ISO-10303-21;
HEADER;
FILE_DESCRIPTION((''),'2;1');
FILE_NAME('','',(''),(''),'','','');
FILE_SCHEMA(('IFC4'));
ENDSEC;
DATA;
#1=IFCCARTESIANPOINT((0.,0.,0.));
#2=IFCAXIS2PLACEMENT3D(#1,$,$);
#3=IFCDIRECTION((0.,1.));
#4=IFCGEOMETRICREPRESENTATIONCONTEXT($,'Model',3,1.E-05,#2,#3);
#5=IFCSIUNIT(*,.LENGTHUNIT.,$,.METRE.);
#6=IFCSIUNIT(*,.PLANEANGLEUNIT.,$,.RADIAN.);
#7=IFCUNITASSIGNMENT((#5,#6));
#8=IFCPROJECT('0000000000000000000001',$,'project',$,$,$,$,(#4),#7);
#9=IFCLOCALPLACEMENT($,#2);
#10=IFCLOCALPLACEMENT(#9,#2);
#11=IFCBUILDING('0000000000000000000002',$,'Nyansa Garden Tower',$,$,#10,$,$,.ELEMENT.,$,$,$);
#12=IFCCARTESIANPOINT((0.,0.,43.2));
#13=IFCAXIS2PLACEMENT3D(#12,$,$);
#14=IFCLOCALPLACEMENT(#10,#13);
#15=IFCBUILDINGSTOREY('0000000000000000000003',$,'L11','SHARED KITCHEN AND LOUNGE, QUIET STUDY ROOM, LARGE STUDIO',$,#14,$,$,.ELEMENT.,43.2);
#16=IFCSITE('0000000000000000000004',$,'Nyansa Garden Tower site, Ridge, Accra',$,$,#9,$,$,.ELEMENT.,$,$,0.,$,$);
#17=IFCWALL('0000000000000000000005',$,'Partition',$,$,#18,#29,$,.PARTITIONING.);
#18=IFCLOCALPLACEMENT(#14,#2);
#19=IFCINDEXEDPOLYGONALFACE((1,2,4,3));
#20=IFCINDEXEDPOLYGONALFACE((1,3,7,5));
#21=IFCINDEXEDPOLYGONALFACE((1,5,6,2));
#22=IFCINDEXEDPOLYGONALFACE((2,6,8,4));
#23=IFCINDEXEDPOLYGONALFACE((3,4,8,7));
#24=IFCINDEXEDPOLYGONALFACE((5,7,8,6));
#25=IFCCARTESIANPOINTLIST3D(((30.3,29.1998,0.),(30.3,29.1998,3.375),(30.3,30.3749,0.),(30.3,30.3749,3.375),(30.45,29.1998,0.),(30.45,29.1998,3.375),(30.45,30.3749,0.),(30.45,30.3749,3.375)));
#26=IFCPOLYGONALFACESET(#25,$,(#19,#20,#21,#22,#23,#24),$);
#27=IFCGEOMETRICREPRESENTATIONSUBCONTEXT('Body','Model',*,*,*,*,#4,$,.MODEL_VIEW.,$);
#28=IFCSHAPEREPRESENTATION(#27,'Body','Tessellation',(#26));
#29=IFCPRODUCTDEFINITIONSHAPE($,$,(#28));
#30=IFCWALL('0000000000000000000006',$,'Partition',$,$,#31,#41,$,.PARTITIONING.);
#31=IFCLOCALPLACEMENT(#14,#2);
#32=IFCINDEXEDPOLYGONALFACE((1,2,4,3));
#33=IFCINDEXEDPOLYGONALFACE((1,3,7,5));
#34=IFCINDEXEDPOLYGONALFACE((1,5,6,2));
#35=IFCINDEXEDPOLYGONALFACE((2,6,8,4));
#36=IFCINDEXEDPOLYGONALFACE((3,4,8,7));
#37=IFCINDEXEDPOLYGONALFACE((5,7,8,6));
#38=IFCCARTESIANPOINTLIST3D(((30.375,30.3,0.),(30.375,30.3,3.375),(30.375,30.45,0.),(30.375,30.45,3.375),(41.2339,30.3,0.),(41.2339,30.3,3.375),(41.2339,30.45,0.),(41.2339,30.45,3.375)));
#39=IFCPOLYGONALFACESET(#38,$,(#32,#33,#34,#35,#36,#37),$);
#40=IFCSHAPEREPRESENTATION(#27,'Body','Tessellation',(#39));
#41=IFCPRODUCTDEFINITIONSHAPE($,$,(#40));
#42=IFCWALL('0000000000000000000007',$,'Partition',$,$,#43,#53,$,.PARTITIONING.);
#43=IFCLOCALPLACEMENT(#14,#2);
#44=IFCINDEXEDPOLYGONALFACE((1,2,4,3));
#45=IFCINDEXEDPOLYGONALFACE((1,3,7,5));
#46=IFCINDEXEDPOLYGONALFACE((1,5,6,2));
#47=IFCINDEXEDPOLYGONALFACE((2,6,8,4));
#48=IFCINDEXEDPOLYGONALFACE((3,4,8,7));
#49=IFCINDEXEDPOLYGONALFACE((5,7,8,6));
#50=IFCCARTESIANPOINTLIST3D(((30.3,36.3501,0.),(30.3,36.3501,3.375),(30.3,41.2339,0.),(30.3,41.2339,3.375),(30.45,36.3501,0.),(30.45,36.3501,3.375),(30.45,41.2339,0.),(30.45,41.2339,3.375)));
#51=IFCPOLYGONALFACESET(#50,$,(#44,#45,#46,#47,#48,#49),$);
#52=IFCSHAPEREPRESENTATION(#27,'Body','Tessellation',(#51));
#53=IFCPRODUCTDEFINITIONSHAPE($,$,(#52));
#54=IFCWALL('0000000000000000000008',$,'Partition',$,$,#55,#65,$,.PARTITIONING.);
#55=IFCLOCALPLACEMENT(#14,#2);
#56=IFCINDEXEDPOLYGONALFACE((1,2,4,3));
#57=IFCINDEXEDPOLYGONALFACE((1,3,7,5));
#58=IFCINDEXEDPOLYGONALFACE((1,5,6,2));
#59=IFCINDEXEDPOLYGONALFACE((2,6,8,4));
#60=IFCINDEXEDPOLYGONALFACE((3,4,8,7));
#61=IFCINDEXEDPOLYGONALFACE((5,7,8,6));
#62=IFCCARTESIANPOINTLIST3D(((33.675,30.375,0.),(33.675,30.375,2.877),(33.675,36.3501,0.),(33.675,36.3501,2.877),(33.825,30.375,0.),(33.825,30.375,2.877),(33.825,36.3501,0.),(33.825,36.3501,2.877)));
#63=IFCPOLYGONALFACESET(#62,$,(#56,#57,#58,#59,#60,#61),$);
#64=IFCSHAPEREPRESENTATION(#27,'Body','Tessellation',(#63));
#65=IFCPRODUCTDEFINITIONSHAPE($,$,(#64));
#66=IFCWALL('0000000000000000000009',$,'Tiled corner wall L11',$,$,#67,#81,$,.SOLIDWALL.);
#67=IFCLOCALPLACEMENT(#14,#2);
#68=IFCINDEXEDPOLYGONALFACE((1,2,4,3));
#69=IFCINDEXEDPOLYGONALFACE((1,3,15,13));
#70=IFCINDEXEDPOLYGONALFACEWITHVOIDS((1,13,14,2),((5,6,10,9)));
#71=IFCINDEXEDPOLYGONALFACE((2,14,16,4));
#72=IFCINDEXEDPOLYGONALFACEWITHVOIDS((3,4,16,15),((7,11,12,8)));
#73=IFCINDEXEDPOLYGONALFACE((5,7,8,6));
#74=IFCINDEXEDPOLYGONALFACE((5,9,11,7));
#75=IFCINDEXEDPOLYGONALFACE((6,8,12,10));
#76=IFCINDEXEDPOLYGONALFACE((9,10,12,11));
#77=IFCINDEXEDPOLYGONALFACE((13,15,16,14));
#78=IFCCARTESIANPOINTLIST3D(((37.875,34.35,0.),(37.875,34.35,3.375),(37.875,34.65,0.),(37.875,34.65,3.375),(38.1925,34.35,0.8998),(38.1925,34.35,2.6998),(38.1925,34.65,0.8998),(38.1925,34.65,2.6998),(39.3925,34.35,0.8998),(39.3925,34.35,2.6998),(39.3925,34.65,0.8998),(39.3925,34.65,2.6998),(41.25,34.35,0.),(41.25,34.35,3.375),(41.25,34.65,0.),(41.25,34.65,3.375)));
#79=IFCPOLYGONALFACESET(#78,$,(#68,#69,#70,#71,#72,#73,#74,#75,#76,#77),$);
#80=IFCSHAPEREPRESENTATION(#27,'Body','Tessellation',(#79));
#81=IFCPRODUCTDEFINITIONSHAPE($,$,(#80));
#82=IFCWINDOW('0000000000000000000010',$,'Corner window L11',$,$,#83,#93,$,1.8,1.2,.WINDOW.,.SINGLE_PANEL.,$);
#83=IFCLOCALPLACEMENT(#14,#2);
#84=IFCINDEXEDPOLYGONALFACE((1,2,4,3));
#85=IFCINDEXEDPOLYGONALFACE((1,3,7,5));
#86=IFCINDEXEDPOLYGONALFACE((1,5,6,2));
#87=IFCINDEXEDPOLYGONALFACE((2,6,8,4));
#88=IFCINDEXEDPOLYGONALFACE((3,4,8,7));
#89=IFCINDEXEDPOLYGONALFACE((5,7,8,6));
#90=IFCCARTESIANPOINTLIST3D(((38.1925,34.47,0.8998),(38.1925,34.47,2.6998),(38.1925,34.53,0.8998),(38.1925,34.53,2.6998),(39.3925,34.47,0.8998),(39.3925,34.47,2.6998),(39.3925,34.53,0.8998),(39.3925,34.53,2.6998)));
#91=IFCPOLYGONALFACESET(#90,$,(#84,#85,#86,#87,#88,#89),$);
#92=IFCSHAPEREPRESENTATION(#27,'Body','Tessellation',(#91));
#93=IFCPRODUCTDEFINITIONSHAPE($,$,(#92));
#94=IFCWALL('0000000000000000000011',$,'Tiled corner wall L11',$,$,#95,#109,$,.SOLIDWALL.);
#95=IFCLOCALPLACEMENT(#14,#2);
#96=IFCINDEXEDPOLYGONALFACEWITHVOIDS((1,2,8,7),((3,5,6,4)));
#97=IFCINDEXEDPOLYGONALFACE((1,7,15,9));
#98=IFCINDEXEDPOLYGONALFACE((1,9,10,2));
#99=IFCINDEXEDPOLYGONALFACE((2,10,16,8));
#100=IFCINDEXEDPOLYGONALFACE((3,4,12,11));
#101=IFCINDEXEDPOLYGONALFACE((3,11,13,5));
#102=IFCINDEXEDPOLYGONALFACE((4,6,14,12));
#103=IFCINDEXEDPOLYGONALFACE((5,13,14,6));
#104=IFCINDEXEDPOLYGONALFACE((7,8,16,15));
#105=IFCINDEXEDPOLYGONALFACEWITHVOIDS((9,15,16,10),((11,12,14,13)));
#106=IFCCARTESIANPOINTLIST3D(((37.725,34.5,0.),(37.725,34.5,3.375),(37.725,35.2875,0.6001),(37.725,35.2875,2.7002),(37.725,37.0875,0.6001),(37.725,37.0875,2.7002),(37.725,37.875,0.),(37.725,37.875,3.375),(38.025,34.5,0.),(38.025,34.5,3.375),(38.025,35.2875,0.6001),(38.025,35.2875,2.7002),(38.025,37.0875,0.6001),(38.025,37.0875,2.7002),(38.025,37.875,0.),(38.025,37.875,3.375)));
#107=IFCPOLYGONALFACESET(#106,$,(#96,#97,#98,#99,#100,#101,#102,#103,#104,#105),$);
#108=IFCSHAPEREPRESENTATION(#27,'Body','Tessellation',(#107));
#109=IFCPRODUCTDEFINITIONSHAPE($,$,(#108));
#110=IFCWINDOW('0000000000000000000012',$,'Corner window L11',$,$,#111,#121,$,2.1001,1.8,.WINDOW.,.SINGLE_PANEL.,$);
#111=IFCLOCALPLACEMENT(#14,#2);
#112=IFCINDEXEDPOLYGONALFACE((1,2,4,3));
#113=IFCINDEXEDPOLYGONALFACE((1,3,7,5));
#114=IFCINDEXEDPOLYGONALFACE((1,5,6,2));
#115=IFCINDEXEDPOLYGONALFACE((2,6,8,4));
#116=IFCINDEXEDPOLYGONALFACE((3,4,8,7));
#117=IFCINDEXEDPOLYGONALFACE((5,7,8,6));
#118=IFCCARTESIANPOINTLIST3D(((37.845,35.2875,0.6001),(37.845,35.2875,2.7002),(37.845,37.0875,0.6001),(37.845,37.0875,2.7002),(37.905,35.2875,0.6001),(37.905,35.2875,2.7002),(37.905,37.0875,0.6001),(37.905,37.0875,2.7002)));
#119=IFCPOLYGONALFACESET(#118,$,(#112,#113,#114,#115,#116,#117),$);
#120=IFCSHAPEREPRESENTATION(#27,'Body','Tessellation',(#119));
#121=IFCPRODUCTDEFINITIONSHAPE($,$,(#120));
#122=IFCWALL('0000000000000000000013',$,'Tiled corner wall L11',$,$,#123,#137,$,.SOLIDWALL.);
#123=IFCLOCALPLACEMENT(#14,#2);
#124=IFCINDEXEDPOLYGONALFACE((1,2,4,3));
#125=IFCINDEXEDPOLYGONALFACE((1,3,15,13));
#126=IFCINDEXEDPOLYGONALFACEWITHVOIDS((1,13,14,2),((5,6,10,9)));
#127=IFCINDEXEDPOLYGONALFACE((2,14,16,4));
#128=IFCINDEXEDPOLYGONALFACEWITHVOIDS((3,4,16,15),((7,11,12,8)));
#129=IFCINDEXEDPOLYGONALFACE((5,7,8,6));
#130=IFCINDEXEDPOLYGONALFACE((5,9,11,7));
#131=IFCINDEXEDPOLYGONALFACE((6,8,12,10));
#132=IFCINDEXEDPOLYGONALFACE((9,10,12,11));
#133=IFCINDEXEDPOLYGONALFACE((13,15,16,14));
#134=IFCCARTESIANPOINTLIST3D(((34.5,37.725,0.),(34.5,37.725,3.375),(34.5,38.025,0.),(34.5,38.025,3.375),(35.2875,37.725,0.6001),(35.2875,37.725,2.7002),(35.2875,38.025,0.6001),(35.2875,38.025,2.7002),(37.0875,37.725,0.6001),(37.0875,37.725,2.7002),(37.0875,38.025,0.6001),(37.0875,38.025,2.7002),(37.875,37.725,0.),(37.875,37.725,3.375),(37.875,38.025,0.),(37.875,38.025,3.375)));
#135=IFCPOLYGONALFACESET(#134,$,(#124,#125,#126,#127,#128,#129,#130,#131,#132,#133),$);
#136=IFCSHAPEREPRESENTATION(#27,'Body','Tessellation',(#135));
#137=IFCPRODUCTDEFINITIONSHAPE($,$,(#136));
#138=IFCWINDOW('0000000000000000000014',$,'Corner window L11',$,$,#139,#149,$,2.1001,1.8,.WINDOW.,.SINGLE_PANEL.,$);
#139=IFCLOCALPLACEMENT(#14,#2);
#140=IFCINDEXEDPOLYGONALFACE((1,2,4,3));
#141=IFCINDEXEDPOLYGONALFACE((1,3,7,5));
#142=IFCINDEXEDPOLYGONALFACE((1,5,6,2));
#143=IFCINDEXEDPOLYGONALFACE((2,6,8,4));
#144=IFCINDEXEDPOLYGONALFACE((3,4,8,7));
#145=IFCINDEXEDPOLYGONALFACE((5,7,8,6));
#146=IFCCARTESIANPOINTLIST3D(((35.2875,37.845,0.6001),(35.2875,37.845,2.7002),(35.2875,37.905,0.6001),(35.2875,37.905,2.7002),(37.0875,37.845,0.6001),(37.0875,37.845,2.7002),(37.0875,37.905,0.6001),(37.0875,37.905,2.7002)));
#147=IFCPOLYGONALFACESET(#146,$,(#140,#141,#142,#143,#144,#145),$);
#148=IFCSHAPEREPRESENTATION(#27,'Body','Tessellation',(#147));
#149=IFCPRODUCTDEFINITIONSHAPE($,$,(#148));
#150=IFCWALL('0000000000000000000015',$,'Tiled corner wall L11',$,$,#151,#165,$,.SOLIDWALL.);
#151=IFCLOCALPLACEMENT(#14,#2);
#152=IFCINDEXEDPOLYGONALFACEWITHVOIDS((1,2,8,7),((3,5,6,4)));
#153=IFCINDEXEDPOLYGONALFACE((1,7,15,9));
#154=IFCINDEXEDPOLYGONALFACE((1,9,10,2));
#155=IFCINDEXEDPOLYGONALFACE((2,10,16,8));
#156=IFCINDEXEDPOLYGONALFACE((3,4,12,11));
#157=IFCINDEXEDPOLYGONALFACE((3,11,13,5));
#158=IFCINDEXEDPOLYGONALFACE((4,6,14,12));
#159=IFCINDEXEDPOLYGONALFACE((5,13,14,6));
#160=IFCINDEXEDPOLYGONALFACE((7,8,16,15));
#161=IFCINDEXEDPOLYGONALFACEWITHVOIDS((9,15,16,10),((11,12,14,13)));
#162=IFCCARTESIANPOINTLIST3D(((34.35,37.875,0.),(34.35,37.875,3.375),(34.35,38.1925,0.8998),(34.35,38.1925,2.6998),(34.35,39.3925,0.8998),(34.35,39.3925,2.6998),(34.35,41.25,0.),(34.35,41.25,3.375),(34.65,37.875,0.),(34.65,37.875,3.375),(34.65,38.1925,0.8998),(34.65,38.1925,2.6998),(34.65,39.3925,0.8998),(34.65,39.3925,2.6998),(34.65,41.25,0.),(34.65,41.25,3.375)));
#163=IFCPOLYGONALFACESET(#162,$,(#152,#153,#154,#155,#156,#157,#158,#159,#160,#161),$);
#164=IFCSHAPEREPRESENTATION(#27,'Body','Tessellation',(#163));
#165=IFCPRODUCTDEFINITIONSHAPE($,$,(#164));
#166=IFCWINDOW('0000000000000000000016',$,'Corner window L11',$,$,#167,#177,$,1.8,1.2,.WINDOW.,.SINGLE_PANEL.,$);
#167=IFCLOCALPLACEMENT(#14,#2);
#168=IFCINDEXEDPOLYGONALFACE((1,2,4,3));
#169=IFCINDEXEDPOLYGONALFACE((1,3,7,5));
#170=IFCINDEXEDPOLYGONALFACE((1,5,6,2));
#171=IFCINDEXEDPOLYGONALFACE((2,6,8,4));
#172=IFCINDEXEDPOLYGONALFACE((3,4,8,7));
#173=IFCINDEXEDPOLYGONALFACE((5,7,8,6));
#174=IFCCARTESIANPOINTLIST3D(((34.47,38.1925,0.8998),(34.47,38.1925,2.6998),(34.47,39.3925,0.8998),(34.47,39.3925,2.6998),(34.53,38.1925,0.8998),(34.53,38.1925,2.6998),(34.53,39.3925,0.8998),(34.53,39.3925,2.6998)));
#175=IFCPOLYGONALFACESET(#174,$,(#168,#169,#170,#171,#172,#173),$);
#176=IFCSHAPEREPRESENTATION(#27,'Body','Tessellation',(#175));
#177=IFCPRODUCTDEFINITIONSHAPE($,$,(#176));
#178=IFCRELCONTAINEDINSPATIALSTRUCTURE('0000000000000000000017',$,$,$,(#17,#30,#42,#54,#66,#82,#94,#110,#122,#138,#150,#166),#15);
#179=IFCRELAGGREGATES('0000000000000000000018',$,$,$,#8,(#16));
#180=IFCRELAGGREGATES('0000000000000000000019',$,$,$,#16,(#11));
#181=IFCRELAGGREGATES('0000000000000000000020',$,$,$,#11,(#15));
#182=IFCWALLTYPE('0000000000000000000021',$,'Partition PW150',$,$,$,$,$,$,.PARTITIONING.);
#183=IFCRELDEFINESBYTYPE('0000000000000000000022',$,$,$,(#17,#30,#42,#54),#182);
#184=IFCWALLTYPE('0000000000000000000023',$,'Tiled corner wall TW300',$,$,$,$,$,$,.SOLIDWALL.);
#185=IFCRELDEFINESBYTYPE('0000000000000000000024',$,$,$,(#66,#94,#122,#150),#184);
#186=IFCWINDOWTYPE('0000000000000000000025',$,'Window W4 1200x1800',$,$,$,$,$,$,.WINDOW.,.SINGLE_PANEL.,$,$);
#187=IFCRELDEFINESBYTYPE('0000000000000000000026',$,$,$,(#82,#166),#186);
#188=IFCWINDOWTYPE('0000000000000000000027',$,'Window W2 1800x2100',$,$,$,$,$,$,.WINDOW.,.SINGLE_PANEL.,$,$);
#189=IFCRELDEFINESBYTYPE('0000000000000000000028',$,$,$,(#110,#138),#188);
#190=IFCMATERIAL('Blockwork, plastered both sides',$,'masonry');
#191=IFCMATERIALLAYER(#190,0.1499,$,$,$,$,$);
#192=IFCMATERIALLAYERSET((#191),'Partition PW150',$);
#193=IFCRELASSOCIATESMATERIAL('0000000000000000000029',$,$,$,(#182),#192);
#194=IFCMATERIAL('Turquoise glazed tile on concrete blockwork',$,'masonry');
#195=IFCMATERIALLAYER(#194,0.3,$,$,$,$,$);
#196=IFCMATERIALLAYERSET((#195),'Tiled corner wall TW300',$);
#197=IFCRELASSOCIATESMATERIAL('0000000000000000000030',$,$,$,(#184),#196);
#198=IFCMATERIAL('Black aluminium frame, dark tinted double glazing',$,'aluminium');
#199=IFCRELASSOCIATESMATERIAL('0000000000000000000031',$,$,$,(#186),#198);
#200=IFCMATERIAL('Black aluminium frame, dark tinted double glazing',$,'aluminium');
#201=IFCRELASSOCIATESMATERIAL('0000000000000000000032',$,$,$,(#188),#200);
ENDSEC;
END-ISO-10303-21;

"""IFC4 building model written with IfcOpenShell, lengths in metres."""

from ifc_helpers import new_model, si_unit, direction, frame, frame_2d, origin, place, context, subcontext, project, spatial, rectangle, extrude, material, layer, layer_set, type_object, element, fill, save


model = new_model("IFC4")

# Units and contexts
model_context = context("Model", 3, precision=1e-05, world=origin(), true_north=direction((0.0, 1.0)))
body_context = subcontext(model_context, "Body", "Model", "MODEL_VIEW")
ifc_project = project(units=[si_unit("LENGTHUNIT", "METRE"), si_unit("PLANEANGLEUNIT", "RADIAN")], contexts=[model_context])

# Site, building, storey
site_placement = place(None, origin())
site = spatial("IfcSite", under=ifc_project, at=site_placement, Name="Nyansa Garden Tower site, Ridge, Accra", CompositionType="ELEMENT", RefElevation=0.0)
building_placement = place(site_placement, origin())
building = spatial("IfcBuilding", under=site, at=building_placement, Name="Nyansa Garden Tower", CompositionType="ELEMENT")
storey_placement = place(building_placement, frame((0.0, 0.0, 43.2)))
storey = spatial("IfcBuildingStorey", under=building, at=storey_placement, Name="L11", Description="SHARED KITCHEN AND LOUNGE, QUIET STUDY ROOM, LARGE STUDIO", CompositionType="ELEMENT", Elevation=43.2)

# Walls
ifc_material_1 = material(Name="Blockwork, plastered both sides", Category="masonry")
ifc_layer_1 = layer(ifc_material_1, 0.1499)
ifc_layer_set_1 = layer_set([ifc_layer_1], Name="Partition PW150")
wall_type_1 = type_object("IfcWallType", Name="Partition PW150", PredefinedType="PARTITIONING", material=ifc_layer_set_1)
wall_1_placement = place(storey_placement, frame((30.375, 29.2, 0.0), z_axis=(0.0, 0.0, 1.0), x_axis=(0.0, 1.0, 0.0)))
element("IfcWall", 1, at=wall_1_placement, inside=storey, type_object=wall_type_1, Name="Partition", PredefinedType="PARTITIONING", context=body_context, shape_type="SweptSolid", body=[
    extrude(rectangle(XDim=1.175, YDim=0.1499, at=frame_2d((0.5874, 0.0))), origin(), (0.0, 0.0, 1.0), 3.375),
])
wall_2_placement = place(storey_placement, frame((30.375, 30.375, 0.0), z_axis=(0.0, 0.0, 1.0), x_axis=(1.0, 0.0, 0.0)))
element("IfcWall", 2, at=wall_2_placement, inside=storey, type_object=wall_type_1, Name="Partition", PredefinedType="PARTITIONING", context=body_context, shape_type="SweptSolid", body=[
    extrude(rectangle(XDim=10.8589, YDim=0.1499, at=frame_2d((5.4294, 0.0))), origin(), (0.0, 0.0, 1.0), 3.375),
])
wall_3_placement = place(storey_placement, frame((30.375, 36.3501, 0.0), z_axis=(0.0, 0.0, 1.0), x_axis=(0.0, 1.0, 0.0)))
element("IfcWall", 3, at=wall_3_placement, inside=storey, type_object=wall_type_1, Name="Partition", PredefinedType="PARTITIONING", context=body_context, shape_type="SweptSolid", body=[
    extrude(rectangle(XDim=4.8838, YDim=0.1499, at=frame_2d((2.4419, 0.0))), origin(), (0.0, 0.0, 1.0), 3.375),
])
wall_4_placement = place(storey_placement, frame((33.75, 30.375, 0.0), z_axis=(0.0, 0.0, 1.0), x_axis=(0.0, 1.0, 0.0)))
element("IfcWall", 4, at=wall_4_placement, inside=storey, type_object=wall_type_1, Name="Partition", PredefinedType="PARTITIONING", context=body_context, shape_type="SweptSolid", body=[
    extrude(rectangle(XDim=5.9751, YDim=0.1499, at=frame_2d((2.9875, 0.0))), origin(), (0.0, 0.0, 1.0), 2.877),
])

# Walls, openings, windows
ifc_material_2 = material(Name="Turquoise glazed tile on concrete blockwork", Category="masonry")
ifc_layer_2 = layer(ifc_material_2, 0.3)
ifc_layer_set_2 = layer_set([ifc_layer_2], Name="Tiled corner wall TW300")
wall_type_2 = type_object("IfcWallType", Name="Tiled corner wall TW300", PredefinedType="SOLIDWALL", material=ifc_layer_set_2)
wall_5_placement = place(storey_placement, frame((41.25, 34.5, 0.0), z_axis=(0.0, 0.0, 1.0), x_axis=(-1.0, 0.0, 0.0)))
wall_5 = element("IfcWall", 5, at=wall_5_placement, inside=storey, type_object=wall_type_2, Name="Tiled corner wall L11", PredefinedType="SOLIDWALL", context=body_context, shape_type="SweptSolid", body=[
    extrude(rectangle(XDim=3.375, YDim=0.3, at=frame_2d((1.6875, 0.0))), origin(), (0.0, 0.0, 1.0), 3.375),
])
opening_1_placement = place(wall_5_placement, frame((1.8574, 0.0, 0.8999)))
opening_1 = element("IfcOpeningElement", 6, at=opening_1_placement, cuts=wall_5, PredefinedType="OPENING", context=body_context, shape_type="SweptSolid", body=[
    extrude(rectangle(XDim=1.2, YDim=1.8, at=frame_2d((0.6001, 0.8999))), frame((0.0, 0.1599, 0.0), z_axis=(0.0, -1.0, 0.0), x_axis=(1.0, 0.0, 0.0)), (0.0, 0.0, 1.0), 0.3201),
])
ifc_material_3 = material(Name="Black aluminium frame, dark tinted double glazing", Category="aluminium")
window_type_1 = type_object("IfcWindowType", Name="Window W4 1200x1800", PartitioningType="SINGLE_PANEL", PredefinedType="WINDOW", material=ifc_material_3)
window_1_placement = place(opening_1_placement, origin())
window_1 = element("IfcWindow", 7, at=window_1_placement, inside=storey, type_object=window_type_1, Name="Corner window L11", OverallHeight=1.8, OverallWidth=1.2, PartitioningType="SINGLE_PANEL", PredefinedType="WINDOW", context=body_context, shape_type="SweptSolid", body=[
    extrude(rectangle(XDim=1.2, YDim=1.8, at=frame_2d((0.6001, 0.8999))), frame((0.0, 0.03, 0.0), z_axis=(0.0, -1.0, 0.0), x_axis=(1.0, 0.0, 0.0)), (0.0, 0.0, 1.0), 0.0601),
])
fill(opening_1, window_1)
wall_6_placement = place(storey_placement, frame((37.875, 34.5, 0.0), z_axis=(0.0, 0.0, 1.0), x_axis=(0.0, 1.0, 0.0)))
wall_6 = element("IfcWall", 8, at=wall_6_placement, inside=storey, type_object=wall_type_2, Name="Tiled corner wall L11", PredefinedType="SOLIDWALL", context=body_context, shape_type="SweptSolid", body=[
    extrude(rectangle(XDim=3.375, YDim=0.3, at=frame_2d((1.6875, 0.0))), origin(), (0.0, 0.0, 1.0), 3.375),
])
opening_2_placement = place(wall_6_placement, frame((0.7876, 0.0, 0.6001)))
opening_2 = element("IfcOpeningElement", 9, at=opening_2_placement, cuts=wall_6, PredefinedType="OPENING", context=body_context, shape_type="SweptSolid", body=[
    extrude(rectangle(XDim=1.8, YDim=2.1001, at=frame_2d((0.8999, 1.05))), frame((0.0, 0.1599, 0.0), z_axis=(0.0, -1.0, 0.0), x_axis=(1.0, 0.0, 0.0)), (0.0, 0.0, 1.0), 0.3201),
])
ifc_material_4 = material(Name="Black aluminium frame, dark tinted double glazing", Category="aluminium")
window_type_2 = type_object("IfcWindowType", Name="Window W2 1800x2100", PartitioningType="SINGLE_PANEL", PredefinedType="WINDOW", material=ifc_material_4)
window_2_placement = place(opening_2_placement, origin())
window_2 = element("IfcWindow", 10, at=window_2_placement, inside=storey, type_object=window_type_2, Name="Corner window L11", OverallHeight=2.1001, OverallWidth=1.8, PartitioningType="SINGLE_PANEL", PredefinedType="WINDOW", context=body_context, shape_type="SweptSolid", body=[
    extrude(rectangle(XDim=1.8, YDim=2.1001, at=frame_2d((0.8999, 1.05))), frame((0.0, 0.03, 0.0), z_axis=(0.0, -1.0, 0.0), x_axis=(1.0, 0.0, 0.0)), (0.0, 0.0, 1.0), 0.0601),
])
fill(opening_2, window_2)
wall_7_placement = place(storey_placement, frame((37.875, 37.875, 0.0), z_axis=(0.0, 0.0, 1.0), x_axis=(-1.0, 0.0, 0.0)))
wall_7 = element("IfcWall", 11, at=wall_7_placement, inside=storey, type_object=wall_type_2, Name="Tiled corner wall L11", PredefinedType="SOLIDWALL", context=body_context, shape_type="SweptSolid", body=[
    extrude(rectangle(XDim=3.375, YDim=0.3, at=frame_2d((1.6875, 0.0))), origin(), (0.0, 0.0, 1.0), 3.375),
])
opening_3_placement = place(wall_7_placement, frame((0.7876, 0.0, 0.6001)))
opening_3 = element("IfcOpeningElement", 12, at=opening_3_placement, cuts=wall_7, PredefinedType="OPENING", context=body_context, shape_type="SweptSolid", body=[
    extrude(rectangle(XDim=1.8, YDim=2.1001, at=frame_2d((0.8999, 1.05))), frame((0.0, 0.1599, 0.0), z_axis=(0.0, -1.0, 0.0), x_axis=(1.0, 0.0, 0.0)), (0.0, 0.0, 1.0), 0.3201),
])
window_3_placement = place(opening_3_placement, origin())
window_3 = element("IfcWindow", 13, at=window_3_placement, inside=storey, type_object=window_type_2, Name="Corner window L11", OverallHeight=2.1001, OverallWidth=1.8, PartitioningType="SINGLE_PANEL", PredefinedType="WINDOW", context=body_context, shape_type="SweptSolid", body=[
    extrude(rectangle(XDim=1.8, YDim=2.1001, at=frame_2d((0.8999, 1.05))), frame((0.0, 0.03, 0.0), z_axis=(0.0, -1.0, 0.0), x_axis=(1.0, 0.0, 0.0)), (0.0, 0.0, 1.0), 0.0601),
])
fill(opening_3, window_3)
wall_8_placement = place(storey_placement, frame((34.5, 37.875, 0.0), z_axis=(0.0, 0.0, 1.0), x_axis=(0.0, 1.0, 0.0)))
wall_8 = element("IfcWall", 14, at=wall_8_placement, inside=storey, type_object=wall_type_2, Name="Tiled corner wall L11", PredefinedType="SOLIDWALL", context=body_context, shape_type="SweptSolid", body=[
    extrude(rectangle(XDim=3.375, YDim=0.3, at=frame_2d((1.6875, 0.0))), origin(), (0.0, 0.0, 1.0), 3.375),
])
opening_4_placement = place(wall_8_placement, frame((0.3174, 0.0, 0.8999)))
opening_4 = element("IfcOpeningElement", 15, at=opening_4_placement, cuts=wall_8, PredefinedType="OPENING", context=body_context, shape_type="SweptSolid", body=[
    extrude(rectangle(XDim=1.2, YDim=1.8, at=frame_2d((0.6001, 0.8999))), frame((0.0, 0.1599, 0.0), z_axis=(0.0, -1.0, 0.0), x_axis=(1.0, 0.0, 0.0)), (0.0, 0.0, 1.0), 0.3201),
])
window_4_placement = place(opening_4_placement, origin())
window_4 = element("IfcWindow", 16, at=window_4_placement, inside=storey, type_object=window_type_1, Name="Corner window L11", OverallHeight=1.8, OverallWidth=1.2, PartitioningType="SINGLE_PANEL", PredefinedType="WINDOW", context=body_context, shape_type="SweptSolid", body=[
    extrude(rectangle(XDim=1.2, YDim=1.8, at=frame_2d((0.6001, 0.8999))), frame((0.0, 0.03, 0.0), z_axis=(0.0, -1.0, 0.0), x_axis=(1.0, 0.0, 0.0)), (0.0, 0.0, 1.0), 0.0601),
])
fill(opening_4, window_4)

save(model, "model.ifc")
